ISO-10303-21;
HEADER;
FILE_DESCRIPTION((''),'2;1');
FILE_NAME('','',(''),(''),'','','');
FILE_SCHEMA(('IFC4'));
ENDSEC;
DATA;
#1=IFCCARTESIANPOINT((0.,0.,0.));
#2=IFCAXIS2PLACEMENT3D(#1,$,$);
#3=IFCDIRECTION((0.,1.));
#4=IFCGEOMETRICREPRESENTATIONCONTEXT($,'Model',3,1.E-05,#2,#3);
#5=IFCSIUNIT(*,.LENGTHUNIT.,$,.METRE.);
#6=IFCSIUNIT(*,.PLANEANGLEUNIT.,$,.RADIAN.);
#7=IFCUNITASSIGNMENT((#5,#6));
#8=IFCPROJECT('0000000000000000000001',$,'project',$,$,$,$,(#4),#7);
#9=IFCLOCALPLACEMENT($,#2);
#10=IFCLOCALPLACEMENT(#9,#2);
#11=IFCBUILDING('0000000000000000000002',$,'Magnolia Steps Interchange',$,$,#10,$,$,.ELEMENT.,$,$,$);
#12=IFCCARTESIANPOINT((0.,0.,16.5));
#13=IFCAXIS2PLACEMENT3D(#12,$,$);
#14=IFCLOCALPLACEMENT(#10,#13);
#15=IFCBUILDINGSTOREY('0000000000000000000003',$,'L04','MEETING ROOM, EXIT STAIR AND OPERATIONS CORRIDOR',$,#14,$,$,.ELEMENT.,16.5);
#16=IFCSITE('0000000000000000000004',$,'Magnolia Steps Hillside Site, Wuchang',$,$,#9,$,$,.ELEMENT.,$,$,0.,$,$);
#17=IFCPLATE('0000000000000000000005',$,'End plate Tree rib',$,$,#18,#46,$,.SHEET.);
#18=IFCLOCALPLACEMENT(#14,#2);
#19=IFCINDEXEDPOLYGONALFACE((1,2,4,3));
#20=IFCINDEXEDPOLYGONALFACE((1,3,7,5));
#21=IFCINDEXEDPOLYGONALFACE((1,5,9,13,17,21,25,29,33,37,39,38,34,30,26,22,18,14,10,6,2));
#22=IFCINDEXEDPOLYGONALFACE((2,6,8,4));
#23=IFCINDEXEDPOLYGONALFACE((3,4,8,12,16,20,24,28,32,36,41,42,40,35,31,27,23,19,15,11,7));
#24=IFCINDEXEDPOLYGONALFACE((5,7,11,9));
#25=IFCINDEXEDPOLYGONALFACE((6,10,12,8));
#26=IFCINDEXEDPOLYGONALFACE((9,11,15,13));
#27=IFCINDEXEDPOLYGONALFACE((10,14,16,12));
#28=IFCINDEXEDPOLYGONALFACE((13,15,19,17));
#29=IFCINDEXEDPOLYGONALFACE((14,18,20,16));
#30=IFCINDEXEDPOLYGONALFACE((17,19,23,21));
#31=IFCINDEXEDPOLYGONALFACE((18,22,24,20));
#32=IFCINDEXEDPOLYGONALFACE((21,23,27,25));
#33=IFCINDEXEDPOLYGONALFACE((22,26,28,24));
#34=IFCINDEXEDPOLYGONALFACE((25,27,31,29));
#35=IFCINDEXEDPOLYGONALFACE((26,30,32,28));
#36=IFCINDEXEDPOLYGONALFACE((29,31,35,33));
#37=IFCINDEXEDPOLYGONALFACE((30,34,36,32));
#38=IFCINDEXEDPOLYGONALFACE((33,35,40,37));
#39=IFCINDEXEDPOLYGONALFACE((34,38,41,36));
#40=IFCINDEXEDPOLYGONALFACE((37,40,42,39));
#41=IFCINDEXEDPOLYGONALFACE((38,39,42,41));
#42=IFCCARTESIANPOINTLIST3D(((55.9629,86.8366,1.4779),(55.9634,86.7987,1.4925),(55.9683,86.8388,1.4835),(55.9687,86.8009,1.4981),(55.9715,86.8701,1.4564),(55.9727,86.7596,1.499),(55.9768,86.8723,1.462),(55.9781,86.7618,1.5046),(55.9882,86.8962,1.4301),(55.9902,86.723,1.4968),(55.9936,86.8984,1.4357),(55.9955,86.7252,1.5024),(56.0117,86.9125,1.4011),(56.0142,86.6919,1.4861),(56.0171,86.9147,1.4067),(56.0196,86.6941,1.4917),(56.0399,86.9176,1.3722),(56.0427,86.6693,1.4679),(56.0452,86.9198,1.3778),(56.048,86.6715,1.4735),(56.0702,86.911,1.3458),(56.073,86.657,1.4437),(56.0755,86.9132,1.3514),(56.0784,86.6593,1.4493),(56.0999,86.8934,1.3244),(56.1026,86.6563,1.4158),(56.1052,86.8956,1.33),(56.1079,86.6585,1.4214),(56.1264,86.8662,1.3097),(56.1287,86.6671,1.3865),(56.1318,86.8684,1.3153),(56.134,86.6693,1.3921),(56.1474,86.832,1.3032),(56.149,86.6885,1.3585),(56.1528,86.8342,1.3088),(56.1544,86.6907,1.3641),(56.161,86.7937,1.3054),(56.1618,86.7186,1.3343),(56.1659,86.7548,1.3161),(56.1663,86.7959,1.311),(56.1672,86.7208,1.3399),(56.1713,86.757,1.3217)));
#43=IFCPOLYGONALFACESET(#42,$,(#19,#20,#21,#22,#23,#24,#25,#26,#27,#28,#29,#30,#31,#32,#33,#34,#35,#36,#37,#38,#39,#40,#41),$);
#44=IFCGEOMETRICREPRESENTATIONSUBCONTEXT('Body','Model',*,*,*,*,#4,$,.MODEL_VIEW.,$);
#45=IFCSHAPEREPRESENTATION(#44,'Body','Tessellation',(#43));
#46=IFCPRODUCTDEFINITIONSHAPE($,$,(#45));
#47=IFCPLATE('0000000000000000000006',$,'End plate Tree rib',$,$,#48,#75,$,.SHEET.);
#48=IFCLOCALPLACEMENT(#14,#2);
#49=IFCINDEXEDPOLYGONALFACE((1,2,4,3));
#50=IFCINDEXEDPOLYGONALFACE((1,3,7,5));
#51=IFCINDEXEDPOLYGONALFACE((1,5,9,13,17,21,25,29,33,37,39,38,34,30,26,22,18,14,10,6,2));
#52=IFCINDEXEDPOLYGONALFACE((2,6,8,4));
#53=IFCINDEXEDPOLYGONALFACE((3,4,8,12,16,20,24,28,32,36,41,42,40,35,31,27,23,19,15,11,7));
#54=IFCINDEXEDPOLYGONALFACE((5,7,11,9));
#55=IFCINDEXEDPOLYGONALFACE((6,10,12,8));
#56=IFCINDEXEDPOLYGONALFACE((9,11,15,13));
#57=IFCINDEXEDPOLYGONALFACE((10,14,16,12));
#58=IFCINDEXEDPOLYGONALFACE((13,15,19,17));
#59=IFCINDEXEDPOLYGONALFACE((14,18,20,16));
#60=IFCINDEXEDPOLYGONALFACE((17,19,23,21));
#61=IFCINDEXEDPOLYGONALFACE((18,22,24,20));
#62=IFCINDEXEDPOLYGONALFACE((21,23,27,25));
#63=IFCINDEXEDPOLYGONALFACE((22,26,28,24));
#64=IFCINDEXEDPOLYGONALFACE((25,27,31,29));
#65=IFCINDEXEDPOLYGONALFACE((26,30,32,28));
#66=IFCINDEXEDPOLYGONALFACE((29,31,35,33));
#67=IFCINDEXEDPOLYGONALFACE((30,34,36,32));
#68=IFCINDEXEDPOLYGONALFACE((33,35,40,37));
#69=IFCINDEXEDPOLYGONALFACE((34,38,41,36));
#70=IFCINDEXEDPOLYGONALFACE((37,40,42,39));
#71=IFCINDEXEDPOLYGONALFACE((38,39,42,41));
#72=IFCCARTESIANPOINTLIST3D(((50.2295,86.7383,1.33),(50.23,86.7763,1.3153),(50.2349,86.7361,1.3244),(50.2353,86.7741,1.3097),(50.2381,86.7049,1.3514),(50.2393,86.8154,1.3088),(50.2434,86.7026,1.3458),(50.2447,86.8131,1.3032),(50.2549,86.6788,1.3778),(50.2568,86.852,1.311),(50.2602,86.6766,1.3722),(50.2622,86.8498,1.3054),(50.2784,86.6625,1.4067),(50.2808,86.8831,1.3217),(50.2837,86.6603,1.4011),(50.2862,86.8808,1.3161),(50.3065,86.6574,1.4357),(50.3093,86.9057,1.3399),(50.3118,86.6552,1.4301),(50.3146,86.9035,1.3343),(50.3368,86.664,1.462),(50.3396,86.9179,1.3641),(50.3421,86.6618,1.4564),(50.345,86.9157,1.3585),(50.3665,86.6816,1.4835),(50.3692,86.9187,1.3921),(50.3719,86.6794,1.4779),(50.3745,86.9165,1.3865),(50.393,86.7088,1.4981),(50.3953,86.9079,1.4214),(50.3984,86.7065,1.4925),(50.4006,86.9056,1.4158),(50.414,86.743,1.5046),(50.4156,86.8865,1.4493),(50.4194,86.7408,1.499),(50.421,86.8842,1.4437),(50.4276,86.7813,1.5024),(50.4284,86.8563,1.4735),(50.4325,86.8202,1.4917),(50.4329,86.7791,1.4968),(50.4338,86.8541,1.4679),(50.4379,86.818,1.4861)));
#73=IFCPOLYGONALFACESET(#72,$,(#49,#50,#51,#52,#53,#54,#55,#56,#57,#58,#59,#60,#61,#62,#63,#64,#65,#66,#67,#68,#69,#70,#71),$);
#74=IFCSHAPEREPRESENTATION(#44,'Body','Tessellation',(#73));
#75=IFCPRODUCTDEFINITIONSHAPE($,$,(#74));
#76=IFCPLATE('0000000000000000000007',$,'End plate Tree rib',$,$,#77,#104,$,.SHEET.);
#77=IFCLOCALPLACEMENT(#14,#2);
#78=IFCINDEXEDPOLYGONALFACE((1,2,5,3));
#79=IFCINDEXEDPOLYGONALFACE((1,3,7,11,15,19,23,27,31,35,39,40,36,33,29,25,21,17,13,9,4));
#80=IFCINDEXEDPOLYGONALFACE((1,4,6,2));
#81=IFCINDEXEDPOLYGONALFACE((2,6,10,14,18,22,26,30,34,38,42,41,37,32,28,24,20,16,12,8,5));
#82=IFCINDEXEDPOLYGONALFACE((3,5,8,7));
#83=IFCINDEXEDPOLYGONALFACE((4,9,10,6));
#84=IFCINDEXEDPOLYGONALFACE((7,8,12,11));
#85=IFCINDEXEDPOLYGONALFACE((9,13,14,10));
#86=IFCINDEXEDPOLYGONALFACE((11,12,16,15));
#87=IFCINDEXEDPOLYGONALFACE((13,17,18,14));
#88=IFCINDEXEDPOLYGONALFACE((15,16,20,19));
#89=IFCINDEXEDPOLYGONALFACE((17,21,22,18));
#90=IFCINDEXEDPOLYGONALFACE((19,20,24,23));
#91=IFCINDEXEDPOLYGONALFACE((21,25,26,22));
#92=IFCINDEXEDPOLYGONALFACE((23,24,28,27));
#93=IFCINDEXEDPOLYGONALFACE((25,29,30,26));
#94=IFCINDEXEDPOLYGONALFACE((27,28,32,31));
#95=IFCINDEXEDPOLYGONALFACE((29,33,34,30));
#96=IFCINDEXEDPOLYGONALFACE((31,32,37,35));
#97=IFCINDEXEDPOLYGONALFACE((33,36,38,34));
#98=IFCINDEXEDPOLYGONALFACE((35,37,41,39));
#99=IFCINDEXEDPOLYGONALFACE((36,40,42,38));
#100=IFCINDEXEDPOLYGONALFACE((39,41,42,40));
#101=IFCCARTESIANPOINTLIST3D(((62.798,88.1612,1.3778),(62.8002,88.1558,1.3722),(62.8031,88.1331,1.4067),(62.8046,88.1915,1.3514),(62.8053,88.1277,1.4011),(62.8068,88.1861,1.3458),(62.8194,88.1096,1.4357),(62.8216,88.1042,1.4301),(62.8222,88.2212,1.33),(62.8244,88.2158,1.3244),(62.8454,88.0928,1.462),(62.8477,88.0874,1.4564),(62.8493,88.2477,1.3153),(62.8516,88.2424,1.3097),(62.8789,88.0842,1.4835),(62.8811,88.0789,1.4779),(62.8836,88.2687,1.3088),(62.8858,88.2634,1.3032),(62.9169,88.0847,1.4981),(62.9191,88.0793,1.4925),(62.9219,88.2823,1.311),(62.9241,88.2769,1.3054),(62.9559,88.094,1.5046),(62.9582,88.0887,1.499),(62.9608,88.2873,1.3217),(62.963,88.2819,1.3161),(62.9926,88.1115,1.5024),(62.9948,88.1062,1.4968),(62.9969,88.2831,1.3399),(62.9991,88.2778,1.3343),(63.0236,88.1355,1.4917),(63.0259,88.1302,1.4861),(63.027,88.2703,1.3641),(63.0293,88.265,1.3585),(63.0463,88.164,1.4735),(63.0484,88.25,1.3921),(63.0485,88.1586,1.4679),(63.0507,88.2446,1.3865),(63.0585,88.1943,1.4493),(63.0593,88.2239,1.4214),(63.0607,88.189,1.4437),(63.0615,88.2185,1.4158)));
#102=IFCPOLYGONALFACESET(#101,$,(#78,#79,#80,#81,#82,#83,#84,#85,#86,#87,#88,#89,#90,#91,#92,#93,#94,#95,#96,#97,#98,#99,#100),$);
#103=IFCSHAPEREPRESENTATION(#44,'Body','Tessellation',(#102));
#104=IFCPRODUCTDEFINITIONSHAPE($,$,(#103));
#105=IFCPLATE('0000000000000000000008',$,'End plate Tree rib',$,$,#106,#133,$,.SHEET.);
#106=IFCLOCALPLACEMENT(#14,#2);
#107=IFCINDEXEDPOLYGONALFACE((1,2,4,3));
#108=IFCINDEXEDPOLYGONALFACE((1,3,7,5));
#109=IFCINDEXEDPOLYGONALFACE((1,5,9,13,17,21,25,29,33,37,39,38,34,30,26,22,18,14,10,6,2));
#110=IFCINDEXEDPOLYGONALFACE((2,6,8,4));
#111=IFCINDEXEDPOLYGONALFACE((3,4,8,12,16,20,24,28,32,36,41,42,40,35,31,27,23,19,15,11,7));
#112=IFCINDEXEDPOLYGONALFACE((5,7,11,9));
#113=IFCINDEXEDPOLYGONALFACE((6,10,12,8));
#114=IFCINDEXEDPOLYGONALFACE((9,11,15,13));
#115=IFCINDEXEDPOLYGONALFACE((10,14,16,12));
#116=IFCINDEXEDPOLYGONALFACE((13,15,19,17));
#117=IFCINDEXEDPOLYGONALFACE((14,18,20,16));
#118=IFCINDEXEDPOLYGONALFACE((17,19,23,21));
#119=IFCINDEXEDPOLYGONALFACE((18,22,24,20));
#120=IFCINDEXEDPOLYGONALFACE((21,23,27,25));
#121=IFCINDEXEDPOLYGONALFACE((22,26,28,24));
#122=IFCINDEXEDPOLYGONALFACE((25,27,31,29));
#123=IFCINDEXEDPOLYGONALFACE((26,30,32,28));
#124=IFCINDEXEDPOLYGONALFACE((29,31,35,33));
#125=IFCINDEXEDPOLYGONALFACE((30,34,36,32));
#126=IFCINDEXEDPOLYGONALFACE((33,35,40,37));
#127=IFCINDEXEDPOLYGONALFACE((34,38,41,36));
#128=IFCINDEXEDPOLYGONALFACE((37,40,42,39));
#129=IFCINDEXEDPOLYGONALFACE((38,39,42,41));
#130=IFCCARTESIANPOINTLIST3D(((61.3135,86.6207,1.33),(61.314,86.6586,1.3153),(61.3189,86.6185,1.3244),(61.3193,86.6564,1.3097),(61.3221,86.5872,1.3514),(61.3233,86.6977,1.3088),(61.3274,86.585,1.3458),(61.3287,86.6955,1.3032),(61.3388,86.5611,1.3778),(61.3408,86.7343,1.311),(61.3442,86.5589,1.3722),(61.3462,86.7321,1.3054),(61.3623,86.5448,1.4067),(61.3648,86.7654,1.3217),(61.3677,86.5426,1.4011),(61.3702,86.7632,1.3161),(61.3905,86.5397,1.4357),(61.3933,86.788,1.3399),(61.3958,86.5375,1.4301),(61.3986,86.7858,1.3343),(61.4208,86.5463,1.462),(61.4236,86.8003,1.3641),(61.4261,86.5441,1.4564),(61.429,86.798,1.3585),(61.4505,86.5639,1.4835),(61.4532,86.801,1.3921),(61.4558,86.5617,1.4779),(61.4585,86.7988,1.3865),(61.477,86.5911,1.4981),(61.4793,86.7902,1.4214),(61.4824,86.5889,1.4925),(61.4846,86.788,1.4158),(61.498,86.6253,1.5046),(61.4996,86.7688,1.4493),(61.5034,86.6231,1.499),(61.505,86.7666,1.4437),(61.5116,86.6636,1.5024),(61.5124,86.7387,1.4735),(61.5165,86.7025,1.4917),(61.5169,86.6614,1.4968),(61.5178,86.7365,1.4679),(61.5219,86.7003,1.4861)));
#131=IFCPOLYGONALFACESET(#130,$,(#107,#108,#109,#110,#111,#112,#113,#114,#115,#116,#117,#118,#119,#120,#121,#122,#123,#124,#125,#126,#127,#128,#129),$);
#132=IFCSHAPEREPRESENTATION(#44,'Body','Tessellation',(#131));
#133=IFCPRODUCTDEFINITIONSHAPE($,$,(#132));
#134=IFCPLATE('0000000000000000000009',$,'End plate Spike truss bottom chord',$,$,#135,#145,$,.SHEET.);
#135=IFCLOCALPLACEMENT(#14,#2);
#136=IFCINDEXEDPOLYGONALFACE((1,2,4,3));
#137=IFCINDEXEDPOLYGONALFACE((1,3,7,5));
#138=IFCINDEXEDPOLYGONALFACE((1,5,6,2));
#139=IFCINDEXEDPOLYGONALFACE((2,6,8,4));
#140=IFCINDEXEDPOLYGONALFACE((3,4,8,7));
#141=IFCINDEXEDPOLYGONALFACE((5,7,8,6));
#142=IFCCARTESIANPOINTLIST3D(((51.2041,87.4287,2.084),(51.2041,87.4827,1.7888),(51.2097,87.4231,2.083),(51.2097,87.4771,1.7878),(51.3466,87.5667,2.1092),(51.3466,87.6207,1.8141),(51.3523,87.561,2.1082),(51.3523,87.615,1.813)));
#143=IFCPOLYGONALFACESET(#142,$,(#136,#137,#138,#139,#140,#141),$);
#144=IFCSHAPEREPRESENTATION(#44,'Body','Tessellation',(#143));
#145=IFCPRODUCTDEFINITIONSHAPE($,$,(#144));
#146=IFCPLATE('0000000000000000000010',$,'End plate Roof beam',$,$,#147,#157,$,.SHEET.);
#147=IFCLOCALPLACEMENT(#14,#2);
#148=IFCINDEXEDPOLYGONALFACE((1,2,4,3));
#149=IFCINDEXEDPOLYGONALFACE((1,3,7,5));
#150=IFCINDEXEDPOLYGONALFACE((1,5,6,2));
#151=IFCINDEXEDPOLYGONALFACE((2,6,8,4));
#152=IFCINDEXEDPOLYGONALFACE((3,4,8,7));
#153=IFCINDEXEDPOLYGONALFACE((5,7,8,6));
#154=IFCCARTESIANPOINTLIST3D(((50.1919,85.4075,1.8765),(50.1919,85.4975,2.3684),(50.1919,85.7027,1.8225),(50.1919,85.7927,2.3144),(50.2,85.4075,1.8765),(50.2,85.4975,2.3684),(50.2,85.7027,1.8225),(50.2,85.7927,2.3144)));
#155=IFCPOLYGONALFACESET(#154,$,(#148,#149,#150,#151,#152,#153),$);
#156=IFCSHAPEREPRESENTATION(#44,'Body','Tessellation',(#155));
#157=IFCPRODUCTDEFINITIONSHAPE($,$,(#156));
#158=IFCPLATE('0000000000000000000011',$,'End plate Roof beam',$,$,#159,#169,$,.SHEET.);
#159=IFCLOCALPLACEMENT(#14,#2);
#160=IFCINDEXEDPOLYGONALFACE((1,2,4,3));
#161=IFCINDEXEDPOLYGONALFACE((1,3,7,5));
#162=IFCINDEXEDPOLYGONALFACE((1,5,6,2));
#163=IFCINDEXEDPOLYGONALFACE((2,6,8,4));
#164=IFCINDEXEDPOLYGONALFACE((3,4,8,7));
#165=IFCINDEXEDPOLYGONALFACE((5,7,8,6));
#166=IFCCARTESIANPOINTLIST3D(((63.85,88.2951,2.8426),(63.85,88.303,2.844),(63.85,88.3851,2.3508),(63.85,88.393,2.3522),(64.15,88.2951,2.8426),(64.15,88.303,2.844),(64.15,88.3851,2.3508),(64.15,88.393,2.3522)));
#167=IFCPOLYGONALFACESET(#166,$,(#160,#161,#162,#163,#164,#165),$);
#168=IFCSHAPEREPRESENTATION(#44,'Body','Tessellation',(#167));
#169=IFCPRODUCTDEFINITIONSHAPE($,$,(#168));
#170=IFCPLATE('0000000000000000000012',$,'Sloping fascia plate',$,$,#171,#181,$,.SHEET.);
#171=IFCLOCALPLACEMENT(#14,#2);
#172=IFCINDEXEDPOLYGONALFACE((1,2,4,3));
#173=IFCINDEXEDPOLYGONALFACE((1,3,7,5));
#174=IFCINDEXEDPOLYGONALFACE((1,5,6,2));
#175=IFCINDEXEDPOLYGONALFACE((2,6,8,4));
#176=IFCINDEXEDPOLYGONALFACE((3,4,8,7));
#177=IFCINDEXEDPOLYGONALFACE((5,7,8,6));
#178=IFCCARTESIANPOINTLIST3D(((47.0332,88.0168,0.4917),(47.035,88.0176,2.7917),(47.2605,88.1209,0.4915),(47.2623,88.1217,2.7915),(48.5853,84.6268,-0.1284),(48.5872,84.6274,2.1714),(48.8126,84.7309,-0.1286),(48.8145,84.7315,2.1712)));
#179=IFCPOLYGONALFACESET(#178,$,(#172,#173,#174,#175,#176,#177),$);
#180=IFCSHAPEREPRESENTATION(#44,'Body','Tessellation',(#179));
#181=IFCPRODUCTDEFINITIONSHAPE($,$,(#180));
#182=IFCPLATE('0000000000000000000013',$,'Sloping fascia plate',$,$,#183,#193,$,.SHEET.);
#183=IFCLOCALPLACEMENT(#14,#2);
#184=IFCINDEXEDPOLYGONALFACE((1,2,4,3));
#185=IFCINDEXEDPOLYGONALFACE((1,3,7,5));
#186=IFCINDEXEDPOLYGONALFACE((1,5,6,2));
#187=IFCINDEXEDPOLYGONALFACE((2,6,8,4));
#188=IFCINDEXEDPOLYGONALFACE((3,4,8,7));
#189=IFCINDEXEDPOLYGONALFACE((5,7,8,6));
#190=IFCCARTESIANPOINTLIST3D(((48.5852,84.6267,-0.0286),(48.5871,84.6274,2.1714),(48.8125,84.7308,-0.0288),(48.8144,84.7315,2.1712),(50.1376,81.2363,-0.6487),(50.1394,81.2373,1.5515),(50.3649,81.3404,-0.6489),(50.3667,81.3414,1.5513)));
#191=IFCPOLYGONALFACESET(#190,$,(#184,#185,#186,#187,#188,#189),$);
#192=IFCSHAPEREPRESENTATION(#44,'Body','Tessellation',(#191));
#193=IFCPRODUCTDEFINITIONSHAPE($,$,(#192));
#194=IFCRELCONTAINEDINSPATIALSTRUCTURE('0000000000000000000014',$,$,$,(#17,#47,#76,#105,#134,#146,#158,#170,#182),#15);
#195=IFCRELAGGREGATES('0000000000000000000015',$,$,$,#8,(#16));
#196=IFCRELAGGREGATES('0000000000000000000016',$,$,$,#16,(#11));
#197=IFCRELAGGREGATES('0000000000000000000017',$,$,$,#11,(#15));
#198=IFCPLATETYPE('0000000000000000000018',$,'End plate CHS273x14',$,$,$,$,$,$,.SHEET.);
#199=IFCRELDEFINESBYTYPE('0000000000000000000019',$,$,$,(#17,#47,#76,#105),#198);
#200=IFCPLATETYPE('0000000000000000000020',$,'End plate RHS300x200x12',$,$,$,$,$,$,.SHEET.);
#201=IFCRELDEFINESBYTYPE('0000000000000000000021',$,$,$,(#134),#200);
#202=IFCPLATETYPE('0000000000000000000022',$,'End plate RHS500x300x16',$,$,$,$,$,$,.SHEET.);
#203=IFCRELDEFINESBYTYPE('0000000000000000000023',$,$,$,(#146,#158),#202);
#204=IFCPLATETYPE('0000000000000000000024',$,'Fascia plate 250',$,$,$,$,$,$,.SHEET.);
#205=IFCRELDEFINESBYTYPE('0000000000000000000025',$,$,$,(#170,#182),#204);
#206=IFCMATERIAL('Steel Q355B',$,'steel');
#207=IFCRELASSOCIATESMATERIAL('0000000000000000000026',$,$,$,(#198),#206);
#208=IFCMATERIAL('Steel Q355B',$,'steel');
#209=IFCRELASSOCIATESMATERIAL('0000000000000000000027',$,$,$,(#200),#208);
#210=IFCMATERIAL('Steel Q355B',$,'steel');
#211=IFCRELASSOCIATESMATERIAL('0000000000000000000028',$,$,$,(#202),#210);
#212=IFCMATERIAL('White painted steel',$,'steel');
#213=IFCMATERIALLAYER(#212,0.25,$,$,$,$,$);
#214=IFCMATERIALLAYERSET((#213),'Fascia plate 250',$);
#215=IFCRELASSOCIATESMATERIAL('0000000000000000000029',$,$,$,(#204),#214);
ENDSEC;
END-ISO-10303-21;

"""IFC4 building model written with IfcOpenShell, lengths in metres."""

from ifc_helpers import new_model, si_unit, direction, frame, origin, origin_2d, place, context, subcontext, project, spatial, polyline, rectangle, circle, outline, extrude, material, layer, layer_set, material_profile, profile_set, type_object, element, save


model = new_model("IFC4")

# Units and contexts
model_context = context("Model", 3, precision=1e-05, world=origin(), true_north=direction((0.0, 1.0)))
body_context = subcontext(model_context, "Body", "Model", "MODEL_VIEW")
ifc_project = project(units=[si_unit("LENGTHUNIT", "METRE"), si_unit("PLANEANGLEUNIT", "RADIAN")], contexts=[model_context])

# Site, building, storey
site_placement = place(None, origin())
site = spatial("IfcSite", under=ifc_project, at=site_placement, Name="Magnolia Steps Hillside Site, Wuchang", CompositionType="ELEMENT", RefElevation=0.0)
building_placement = place(site_placement, origin())
building = spatial("IfcBuilding", under=site, at=building_placement, Name="Magnolia Steps Interchange", CompositionType="ELEMENT")
storey_placement = place(building_placement, frame((0.0, 0.0, 16.5)))
storey = spatial("IfcBuildingStorey", under=building, at=storey_placement, Name="L04", Description="MEETING ROOM, EXIT STAIR AND OPERATIONS CORRIDOR", CompositionType="ELEMENT", Elevation=16.5)

# Plates
ifc_material_1 = material(Name="Steel Q355B", Category="steel")
ifc_material_profile_1 = material_profile(ifc_material_1, circle(Radius=0.1365, at=origin_2d()), Name="End plate CHS273x14")
ifc_profile_set_1 = profile_set([ifc_material_profile_1], Name="Steel Q355B")
plate_type_1 = type_object("IfcPlateType", Name="End plate CHS273x14", PredefinedType="SHEET", material=ifc_profile_set_1)
for number, where, z_axis, x_axis, name in (
    (1, (56.064, 86.7864, 1.4011), (0.664583, 0.275279, 0.694658), (-0.382683, 0.92388, 0.0), "End plate Tree rib"),
    (2, (50.3359, 86.7864, 1.4011), (-0.664583, 0.275279, 0.694658), (-0.382683, -0.92388, 0.0), "End plate Tree rib"),
    (3, (62.9314, 88.1799, 1.4011), (-0.275279, 0.664583, 0.694658), (-0.92388, -0.382683, 0.0), "End plate Tree rib"),
    (4, (61.4199, 86.6687, 1.4011), (-0.664583, 0.275279, 0.694658), (-0.382683, -0.92388, 0.0), "End plate Tree rib"),
):
    element("IfcPlate", number, at=place(storey_placement, frame(where, z_axis=z_axis, x_axis=x_axis)), inside=storey, type_object=plate_type_1, Name=name, PredefinedType="SHEET", context=body_context, shape_type="SweptSolid", body=[
        extrude(circle(Radius=0.1365, at=origin_2d()), origin(), (0.0, 0.0, 1.0), 0.0081),
    ])
ifc_material_2 = material(Name="Steel Q355B", Category="steel")
ifc_material_profile_2 = material_profile(ifc_material_2, rectangle(XDim=0.2, YDim=0.3, at=origin_2d()), Name="End plate RHS300x200x12")
ifc_profile_set_2 = profile_set([ifc_material_profile_2], Name="Steel Q355B")
plate_type_2 = type_object("IfcPlateType", Name="End plate RHS300x200x12", PredefinedType="SHEET", material=ifc_profile_set_2)
plate_1_placement = place(storey_placement, frame((51.281, 87.519, 1.948), z_axis=(-0.701265, 0.701265, 0.12828), x_axis=(-0.712901, -0.689818, -0.126186)))
element("IfcPlate", 5, at=plate_1_placement, inside=storey, type_object=plate_type_2, Name="End plate Spike truss bottom chord", PredefinedType="SHEET", context=body_context, shape_type="SweptSolid", body=[
    extrude(rectangle(XDim=0.2, YDim=0.3, at=origin_2d()), origin(), (0.0, 0.0, 1.0), 0.0081),
])
ifc_material_3 = material(Name="Steel Q355B", Category="steel")
ifc_material_profile_3 = material_profile(ifc_material_3, rectangle(XDim=0.3, YDim=0.5, at=origin_2d()), Name="End plate RHS500x300x16")
ifc_profile_set_3 = profile_set([ifc_material_profile_3], Name="Steel Q355B")
plate_type_3 = type_object("IfcPlateType", Name="End plate RHS500x300x16", PredefinedType="SHEET", material=ifc_profile_set_3)
for number, where, z_axis, x_axis, name in (
    (6, (50.2, 85.6001, 2.0955), (-1.0, 0.0, 0.0), (0.0, -0.983677, 0.179941), "End plate Roof beam"),
    (7, (64.0, 88.3401, 2.5967), (0.0, 0.983683, 0.179911), (-1.0, 0.0, 0.0), "End plate Roof beam"),
):
    element("IfcPlate", number, at=place(storey_placement, frame(where, z_axis=z_axis, x_axis=x_axis)), inside=storey, type_object=plate_type_3, Name=name, PredefinedType="SHEET", context=body_context, shape_type="SweptSolid", body=[
        extrude(rectangle(XDim=0.3, YDim=0.5, at=origin_2d()), origin(), (0.0, 0.0, 1.0), 0.0081),
    ])
ifc_material_4 = material(Name="White painted steel", Category="steel")
ifc_layer_1 = layer(ifc_material_4, 0.25)
ifc_layer_set_1 = layer_set([ifc_layer_1], Name="Fascia plate 250")
plate_type_4 = type_object("IfcPlateType", Name="Fascia plate 250", PredefinedType="SHEET", material=ifc_layer_set_1)
plate_2_placement = place(storey_placement, frame((47.0332, 88.0168, 0.4917), z_axis=(-0.909177, -0.41641, 0.000856), x_axis=(0.41064, -0.896916, -0.164064)))
element("IfcPlate", 8, at=plate_2_placement, inside=storey, type_object=plate_type_4, Name="Sloping fascia plate", PredefinedType="SHEET", context=body_context, shape_type="SweptSolid", body=[
    extrude(outline(polyline([(0.0, 0.0), (3.7797, 0.0), (3.4025, 2.2687), (-0.3773, 2.2689), (0.0, 0.0)])), origin(), (0.0, 0.0, -1.0), 0.25),
])
plate_3_placement = place(storey_placement, frame((48.5852, 84.6267, -0.0286), z_axis=(-0.909153, -0.416461, 0.000918), x_axis=(0.410682, -0.8969, -0.164046)))
element("IfcPlate", 9, at=plate_3_placement, inside=storey, type_object=plate_type_4, Name="Sloping fascia plate", PredefinedType="SHEET", context=body_context, shape_type="SweptSolid", body=[
    extrude(outline(polyline([(0.0, 0.0), (3.7801, 0.0), (3.419, 2.1704), (-0.3607, 2.1702), (0.0, 0.0)])), origin(), (0.0, 0.0, -1.0), 0.25),
])

save(model, "model.ifc")
